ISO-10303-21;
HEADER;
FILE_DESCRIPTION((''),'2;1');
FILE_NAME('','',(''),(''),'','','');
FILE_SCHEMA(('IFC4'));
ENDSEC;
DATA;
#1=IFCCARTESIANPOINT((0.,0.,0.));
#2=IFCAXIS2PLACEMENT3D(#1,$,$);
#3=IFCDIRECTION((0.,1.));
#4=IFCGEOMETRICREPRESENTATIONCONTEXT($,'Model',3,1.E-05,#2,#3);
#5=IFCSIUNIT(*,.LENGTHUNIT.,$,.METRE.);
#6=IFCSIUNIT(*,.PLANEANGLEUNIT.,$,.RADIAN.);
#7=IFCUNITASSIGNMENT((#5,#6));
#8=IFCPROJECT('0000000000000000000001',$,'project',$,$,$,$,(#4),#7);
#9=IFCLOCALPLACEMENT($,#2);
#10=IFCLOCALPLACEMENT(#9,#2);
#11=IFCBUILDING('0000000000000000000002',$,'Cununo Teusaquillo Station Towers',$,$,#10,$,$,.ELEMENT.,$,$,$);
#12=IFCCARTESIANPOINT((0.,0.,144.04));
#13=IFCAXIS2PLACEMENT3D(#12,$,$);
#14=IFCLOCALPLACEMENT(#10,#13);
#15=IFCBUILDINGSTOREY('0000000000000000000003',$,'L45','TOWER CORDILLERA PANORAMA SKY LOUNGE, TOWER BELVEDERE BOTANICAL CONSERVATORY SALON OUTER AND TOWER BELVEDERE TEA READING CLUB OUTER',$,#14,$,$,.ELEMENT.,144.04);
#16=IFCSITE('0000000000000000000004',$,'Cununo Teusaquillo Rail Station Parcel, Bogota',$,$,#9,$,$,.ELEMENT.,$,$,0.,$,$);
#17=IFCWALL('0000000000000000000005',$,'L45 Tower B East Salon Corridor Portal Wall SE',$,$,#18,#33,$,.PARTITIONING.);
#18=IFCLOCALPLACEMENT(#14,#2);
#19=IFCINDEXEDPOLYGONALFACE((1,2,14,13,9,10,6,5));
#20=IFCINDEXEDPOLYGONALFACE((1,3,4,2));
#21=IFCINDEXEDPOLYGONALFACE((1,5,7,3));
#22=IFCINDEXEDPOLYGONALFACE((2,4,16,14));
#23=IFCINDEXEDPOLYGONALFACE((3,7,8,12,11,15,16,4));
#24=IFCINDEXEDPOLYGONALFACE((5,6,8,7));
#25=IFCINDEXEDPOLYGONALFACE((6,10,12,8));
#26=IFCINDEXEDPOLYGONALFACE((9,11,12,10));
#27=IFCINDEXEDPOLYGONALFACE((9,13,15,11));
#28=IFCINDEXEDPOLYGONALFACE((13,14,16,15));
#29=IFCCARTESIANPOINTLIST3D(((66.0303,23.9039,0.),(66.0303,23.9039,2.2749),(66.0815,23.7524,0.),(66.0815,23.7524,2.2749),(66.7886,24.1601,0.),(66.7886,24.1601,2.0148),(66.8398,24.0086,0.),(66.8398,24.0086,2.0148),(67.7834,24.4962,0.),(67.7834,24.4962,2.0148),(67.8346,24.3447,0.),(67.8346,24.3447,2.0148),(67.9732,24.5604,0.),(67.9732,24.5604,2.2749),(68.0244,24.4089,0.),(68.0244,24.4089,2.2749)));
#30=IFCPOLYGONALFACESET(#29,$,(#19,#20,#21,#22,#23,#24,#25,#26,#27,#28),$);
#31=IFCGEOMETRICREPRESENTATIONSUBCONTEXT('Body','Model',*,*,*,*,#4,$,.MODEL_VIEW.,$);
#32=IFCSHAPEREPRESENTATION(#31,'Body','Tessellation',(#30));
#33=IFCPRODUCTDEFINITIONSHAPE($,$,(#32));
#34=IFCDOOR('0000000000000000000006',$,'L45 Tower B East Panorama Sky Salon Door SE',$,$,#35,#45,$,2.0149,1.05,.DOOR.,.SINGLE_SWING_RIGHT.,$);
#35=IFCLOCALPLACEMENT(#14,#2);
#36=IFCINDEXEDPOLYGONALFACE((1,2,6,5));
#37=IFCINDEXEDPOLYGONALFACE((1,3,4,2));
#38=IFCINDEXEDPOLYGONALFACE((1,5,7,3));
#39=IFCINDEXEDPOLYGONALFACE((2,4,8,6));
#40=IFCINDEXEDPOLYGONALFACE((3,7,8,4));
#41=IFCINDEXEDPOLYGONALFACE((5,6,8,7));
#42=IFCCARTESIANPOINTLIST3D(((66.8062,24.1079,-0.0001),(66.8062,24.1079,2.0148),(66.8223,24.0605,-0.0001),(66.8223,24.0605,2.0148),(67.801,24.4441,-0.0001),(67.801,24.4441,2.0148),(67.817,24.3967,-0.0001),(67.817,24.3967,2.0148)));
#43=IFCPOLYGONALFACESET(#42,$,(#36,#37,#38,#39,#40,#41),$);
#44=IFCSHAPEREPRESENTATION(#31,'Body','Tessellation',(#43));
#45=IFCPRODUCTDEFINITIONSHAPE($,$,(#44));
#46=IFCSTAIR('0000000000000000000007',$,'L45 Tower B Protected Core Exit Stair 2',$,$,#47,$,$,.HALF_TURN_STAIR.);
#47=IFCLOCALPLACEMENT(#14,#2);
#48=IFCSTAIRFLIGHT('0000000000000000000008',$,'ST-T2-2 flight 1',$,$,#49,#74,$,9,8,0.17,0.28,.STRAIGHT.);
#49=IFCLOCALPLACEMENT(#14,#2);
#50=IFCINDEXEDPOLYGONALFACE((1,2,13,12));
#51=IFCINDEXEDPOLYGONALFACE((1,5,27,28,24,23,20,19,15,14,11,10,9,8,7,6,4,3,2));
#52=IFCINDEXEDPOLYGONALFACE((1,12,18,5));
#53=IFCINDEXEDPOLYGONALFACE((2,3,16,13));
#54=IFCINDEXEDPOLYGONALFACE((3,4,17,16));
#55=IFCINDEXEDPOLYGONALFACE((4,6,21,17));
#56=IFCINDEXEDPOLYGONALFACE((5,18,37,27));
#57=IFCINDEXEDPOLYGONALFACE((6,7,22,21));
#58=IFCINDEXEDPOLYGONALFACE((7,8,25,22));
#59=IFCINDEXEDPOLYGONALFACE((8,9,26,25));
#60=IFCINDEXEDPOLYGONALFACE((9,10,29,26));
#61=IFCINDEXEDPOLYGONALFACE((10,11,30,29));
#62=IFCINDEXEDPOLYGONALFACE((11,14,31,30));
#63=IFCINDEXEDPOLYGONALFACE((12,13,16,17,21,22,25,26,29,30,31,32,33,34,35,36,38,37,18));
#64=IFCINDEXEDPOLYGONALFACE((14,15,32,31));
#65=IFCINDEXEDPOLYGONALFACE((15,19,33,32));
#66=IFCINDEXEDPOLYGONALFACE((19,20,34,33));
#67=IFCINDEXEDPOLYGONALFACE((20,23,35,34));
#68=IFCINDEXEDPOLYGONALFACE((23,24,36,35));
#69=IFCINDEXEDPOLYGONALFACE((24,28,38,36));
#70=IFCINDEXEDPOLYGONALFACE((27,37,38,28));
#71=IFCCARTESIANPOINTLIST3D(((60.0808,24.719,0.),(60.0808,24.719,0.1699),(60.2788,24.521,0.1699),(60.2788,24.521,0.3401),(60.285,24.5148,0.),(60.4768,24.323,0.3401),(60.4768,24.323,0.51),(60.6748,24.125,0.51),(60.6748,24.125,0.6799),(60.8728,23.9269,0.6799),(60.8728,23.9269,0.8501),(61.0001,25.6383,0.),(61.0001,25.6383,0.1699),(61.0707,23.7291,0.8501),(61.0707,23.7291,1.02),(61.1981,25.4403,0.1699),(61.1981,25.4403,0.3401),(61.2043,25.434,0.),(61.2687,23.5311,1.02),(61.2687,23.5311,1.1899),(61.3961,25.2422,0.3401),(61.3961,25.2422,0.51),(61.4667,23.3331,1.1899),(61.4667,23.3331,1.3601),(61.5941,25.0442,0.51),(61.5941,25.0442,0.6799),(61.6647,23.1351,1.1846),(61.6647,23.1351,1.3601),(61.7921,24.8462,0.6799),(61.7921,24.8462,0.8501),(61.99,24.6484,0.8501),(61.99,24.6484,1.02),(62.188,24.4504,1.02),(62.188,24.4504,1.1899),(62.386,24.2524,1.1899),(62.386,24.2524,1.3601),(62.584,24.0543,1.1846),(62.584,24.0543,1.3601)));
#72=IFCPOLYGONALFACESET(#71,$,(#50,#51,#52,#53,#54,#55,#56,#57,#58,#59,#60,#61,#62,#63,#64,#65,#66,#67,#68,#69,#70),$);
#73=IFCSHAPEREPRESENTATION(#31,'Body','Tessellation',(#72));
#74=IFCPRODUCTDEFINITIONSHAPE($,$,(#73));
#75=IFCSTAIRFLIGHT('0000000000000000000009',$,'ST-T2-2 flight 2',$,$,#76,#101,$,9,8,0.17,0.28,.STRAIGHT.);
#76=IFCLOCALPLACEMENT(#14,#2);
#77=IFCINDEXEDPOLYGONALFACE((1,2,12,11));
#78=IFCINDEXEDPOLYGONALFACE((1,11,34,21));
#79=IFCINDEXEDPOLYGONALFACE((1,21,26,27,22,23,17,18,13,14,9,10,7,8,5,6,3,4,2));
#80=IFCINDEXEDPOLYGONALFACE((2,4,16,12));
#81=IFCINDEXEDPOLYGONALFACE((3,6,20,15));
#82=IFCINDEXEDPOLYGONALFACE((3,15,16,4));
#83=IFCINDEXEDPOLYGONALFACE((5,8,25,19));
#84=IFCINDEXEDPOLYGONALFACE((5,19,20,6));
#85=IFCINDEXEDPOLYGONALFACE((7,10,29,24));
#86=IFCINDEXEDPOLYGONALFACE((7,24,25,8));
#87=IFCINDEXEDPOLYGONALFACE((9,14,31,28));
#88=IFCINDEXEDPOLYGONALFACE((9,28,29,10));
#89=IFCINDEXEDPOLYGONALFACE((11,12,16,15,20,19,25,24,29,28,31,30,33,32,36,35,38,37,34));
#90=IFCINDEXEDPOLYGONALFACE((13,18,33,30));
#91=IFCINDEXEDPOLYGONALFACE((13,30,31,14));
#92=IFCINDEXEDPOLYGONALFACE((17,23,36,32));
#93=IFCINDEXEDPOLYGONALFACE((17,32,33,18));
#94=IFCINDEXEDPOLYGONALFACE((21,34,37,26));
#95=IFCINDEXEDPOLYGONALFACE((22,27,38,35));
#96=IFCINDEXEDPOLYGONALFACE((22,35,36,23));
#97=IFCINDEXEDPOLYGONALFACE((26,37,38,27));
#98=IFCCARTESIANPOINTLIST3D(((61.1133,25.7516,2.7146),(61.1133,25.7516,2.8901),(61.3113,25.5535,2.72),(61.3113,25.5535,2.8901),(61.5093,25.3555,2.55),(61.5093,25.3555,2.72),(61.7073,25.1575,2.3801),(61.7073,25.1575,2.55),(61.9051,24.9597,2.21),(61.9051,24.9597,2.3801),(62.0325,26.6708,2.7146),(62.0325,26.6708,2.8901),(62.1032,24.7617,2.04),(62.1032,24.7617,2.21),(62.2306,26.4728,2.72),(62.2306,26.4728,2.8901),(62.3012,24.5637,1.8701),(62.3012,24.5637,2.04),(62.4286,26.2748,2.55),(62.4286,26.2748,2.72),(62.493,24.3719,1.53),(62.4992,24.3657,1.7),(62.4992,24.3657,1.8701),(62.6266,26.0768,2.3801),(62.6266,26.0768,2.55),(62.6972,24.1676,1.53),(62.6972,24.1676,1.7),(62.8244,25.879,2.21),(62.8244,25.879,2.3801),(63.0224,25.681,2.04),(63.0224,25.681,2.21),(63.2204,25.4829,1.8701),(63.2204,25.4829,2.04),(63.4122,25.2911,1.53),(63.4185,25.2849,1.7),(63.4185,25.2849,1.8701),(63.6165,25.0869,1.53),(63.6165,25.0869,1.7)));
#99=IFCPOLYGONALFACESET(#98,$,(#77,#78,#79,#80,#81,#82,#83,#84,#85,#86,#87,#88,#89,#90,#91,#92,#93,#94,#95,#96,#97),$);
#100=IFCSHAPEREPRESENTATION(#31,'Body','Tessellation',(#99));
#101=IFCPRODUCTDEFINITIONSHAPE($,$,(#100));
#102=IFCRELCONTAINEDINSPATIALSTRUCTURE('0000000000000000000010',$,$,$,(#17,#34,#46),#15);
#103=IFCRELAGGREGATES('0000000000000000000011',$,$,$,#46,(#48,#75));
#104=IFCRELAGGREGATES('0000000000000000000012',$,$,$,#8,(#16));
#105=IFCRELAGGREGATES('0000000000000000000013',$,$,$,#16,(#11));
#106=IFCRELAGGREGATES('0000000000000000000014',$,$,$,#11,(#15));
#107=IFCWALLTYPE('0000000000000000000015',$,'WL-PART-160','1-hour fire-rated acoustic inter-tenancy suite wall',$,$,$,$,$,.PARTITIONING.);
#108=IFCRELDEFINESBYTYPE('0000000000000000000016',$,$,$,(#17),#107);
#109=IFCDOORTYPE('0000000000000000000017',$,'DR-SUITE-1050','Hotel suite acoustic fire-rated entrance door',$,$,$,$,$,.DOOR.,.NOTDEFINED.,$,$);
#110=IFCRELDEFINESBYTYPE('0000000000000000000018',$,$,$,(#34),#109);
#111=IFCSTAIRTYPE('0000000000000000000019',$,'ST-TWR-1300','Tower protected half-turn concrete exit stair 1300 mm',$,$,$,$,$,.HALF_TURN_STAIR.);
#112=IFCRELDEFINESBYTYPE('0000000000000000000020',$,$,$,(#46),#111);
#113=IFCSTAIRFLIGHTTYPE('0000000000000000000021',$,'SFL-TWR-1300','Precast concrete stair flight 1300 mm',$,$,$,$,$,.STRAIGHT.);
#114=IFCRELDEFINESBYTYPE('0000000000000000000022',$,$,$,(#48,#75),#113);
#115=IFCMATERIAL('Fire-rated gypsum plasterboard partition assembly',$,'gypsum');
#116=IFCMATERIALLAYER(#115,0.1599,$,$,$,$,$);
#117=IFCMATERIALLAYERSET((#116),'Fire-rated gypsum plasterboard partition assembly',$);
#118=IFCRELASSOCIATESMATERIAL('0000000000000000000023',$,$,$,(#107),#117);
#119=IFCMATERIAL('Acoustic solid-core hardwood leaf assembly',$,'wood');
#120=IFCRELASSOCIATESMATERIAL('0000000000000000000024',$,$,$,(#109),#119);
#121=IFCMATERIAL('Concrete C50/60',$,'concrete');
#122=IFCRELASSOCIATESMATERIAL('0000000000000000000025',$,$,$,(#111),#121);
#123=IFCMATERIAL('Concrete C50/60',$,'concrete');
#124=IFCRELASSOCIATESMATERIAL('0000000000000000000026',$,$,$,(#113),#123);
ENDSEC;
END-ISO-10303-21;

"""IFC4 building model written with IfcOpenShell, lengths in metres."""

from ifc_helpers import new_model, si_unit, direction, frame, frame_2d, origin, place, context, subcontext, project, spatial, polyline, rectangle, outline, extrude, source, transform, mapped, material, layer, layer_set, type_object, element, fill, aggregate, save


model = new_model("IFC4")

# Units and contexts
model_context = context("Model", 3, precision=1e-05, world=origin(), true_north=direction((0.0, 1.0)))
body_context = subcontext(model_context, "Body", "Model", "MODEL_VIEW")
ifc_project = project(units=[si_unit("LENGTHUNIT", "METRE"), si_unit("PLANEANGLEUNIT", "RADIAN")], contexts=[model_context])

# Site, building, storey
site_placement = place(None, origin())
site = spatial("IfcSite", under=ifc_project, at=site_placement, Name="Cununo Teusaquillo Rail Station Parcel, Bogota", CompositionType="ELEMENT", RefElevation=0.0)
building_placement = place(site_placement, origin())
building = spatial("IfcBuilding", under=site, at=building_placement, Name="Cununo Teusaquillo Station Towers", CompositionType="ELEMENT")
storey_placement = place(building_placement, frame((0.0, 0.0, 144.04)))
storey = spatial("IfcBuildingStorey", under=building, at=storey_placement, Name="L45", Description="TOWER CORDILLERA PANORAMA SKY LOUNGE, TOWER BELVEDERE BOTANICAL CONSERVATORY SALON OUTER AND TOWER BELVEDERE TEA READING CLUB OUTER", CompositionType="ELEMENT", Elevation=144.04)

# Shared definitions
ifc_material_1 = material(Name="Fire-rated gypsum plasterboard partition assembly", Category="gypsum")
ifc_layer_1 = layer(ifc_material_1, 0.1599)
ifc_layer_set_1 = layer_set([ifc_layer_1], Name="Fire-rated gypsum plasterboard partition assembly")
wall_type_1 = type_object("IfcWallType", Name="WL-PART-160", Description="1-hour fire-rated acoustic inter-tenancy suite wall", PredefinedType="PARTITIONING", material=ifc_layer_set_1)

# Wall, opening, door
wall_1_placement = place(storey_placement, frame((66.0559, 23.8281, 0.0), z_axis=(0.0, 0.0, 1.0), x_axis=(0.947378, 0.320118, 0.0)))
wall_1 = element("IfcWall", 1, at=wall_1_placement, inside=storey, type_object=wall_type_1, Name="L45 Tower B East Salon Corridor Portal Wall SE", PredefinedType="PARTITIONING", context=body_context, shape_type="SweptSolid", body=[
    extrude(rectangle(XDim=2.0508, YDim=0.1599, at=frame_2d((1.0254, 0.0))), origin(), (0.0, 0.0, 1.0), 2.2749),
])
shared_shape_1 = source(origin(), body_context, "Body", "SweptSolid", [
    extrude(rectangle(XDim=1.05, YDim=2.0149, at=frame_2d((0.5249, 1.0073))), frame((0.0, 0.0898, 0.0), z_axis=(0.0, -1.0, 0.0), x_axis=(1.0, 0.0, 0.0)), (0.0, 0.0, 1.0), 0.1799),
])
opening_1_placement = place(wall_1_placement, frame((0.8005, 0.0, 0.0)))
opening_1 = element("IfcOpeningElement", 2, at=opening_1_placement, cuts=wall_1, PredefinedType="OPENING", context=body_context, shape_type="MappedRepresentation", body=[
    mapped(shared_shape_1, transform((0.0, 0.0, 0.0), x_axis=(1.0, 0.0, 0.0), y_axis=(0.0, 1.0, 0.0), z_axis=(0.0, 0.0, 1.0), scale=1.0)),
])
ifc_material_2 = material(Name="Acoustic solid-core hardwood leaf assembly", Category="wood")
door_type = type_object("IfcDoorType", Name="DR-SUITE-1050", Description="Hotel suite acoustic fire-rated entrance door", OperationType="NOTDEFINED", PredefinedType="DOOR", material=ifc_material_2)
shared_shape_2 = source(origin(), body_context, "Body", "SweptSolid", [
    extrude(rectangle(XDim=1.05, YDim=2.0149, at=frame_2d((0.5249, 1.0073))), frame((0.0, 0.0249, 0.0), z_axis=(0.0, -1.0, 0.0), x_axis=(1.0, 0.0, 0.0)), (0.0, 0.0, 1.0), 0.05),
])
door_placement = place(opening_1_placement, origin())
door = element("IfcDoor", 3, at=door_placement, inside=storey, type_object=door_type, Name="L45 Tower B East Panorama Sky Salon Door SE", OperationType="SINGLE_SWING_RIGHT", OverallHeight=2.0149, OverallWidth=1.05, PredefinedType="DOOR", context=body_context, shape_type="MappedRepresentation", body=[
    mapped(shared_shape_2, transform((0.0, 0.0, 0.0), x_axis=(1.0, 0.0, 0.0), y_axis=(0.0, 1.0, 0.0), z_axis=(0.0, 0.0, 1.0), scale=1.0)),
])
fill(opening_1, door)

# Stair, stair flights
ifc_material_3 = material(Name="Concrete C50/60", Category="concrete")
stair_type = type_object("IfcStairType", Name="ST-TWR-1300", Description="Tower protected half-turn concrete exit stair 1300 mm", PredefinedType="HALF_TURN_STAIR", material=ifc_material_3)
stair_placement = place(storey_placement, origin())
stair = element("IfcStair", 4, at=stair_placement, inside=storey, type_object=stair_type, Name="L45 Tower B Protected Core Exit Stair 2", PredefinedType="HALF_TURN_STAIR")
ifc_material_4 = material(Name="Concrete C50/60", Category="concrete")
stair_flight_type = type_object("IfcStairFlightType", Name="SFL-TWR-1300", Description="Precast concrete stair flight 1300 mm", PredefinedType="STRAIGHT", material=ifc_material_4)
stair_flight_1_placement = place(storey_placement, frame((60.5405, 25.1787, 0.0), z_axis=(0.0, 0.0, 1.0), x_axis=(0.707107, -0.707107, 0.0)))
stair_flight_1 = element("IfcStairFlight", 5, at=stair_flight_1_placement, type_object=stair_flight_type, Name="ST-T2-2 flight 1", NumberOfRisers=9, NumberOfTreads=8, PredefinedType="STRAIGHT", RiserHeight=0.17, TreadLength=0.28, context=body_context, shape_type="SweptSolid", body=[
    extrude(outline(polyline([(0.0, 0.0), (0.0, 0.1699), (0.28, 0.1699), (0.28, 0.3401), (0.5601, 0.3401), (0.5601, 0.51), (0.8401, 0.51), (0.8401, 0.6799), (1.1201, 0.6799), (1.1201, 0.8501), (1.3999, 0.8501), (1.3999, 1.02), (1.6799, 1.02), (1.6799, 1.1899), (1.96, 1.1899), (1.96, 1.3601), (2.24, 1.3601), (2.24, 1.53), (2.24, 1.1846), (0.2888, 0.0), (0.0, 0.0)])), frame((0.0, 0.6499, 0.0), z_axis=(0.0, -1.0, 0.0), x_axis=(1.0, 0.0, 0.0)), (0.0, 0.0, 1.0), 1.3),
])
stair_flight_2_placement = place(storey_placement, frame((63.1567, 24.6272, 1.53), z_axis=(0.0, 0.0, 1.0), x_axis=(-0.707107, 0.707107, 0.0)))
stair_flight_2 = element("IfcStairFlight", 6, at=stair_flight_2_placement, type_object=stair_flight_type, Name="ST-T2-2 flight 2", NumberOfRisers=9, NumberOfTreads=8, PredefinedType="STRAIGHT", RiserHeight=0.17, TreadLength=0.28, context=body_context, shape_type="SweptSolid", body=[
    extrude(outline(polyline([(0.0, 0.0), (0.0, 0.1699), (0.28, 0.1699), (0.28, 0.3401), (0.5601, 0.3401), (0.5601, 0.51), (0.8401, 0.51), (0.8401, 0.6799), (1.1201, 0.6799), (1.1201, 0.8501), (1.3999, 0.8501), (1.3999, 1.02), (1.6799, 1.02), (1.6799, 1.1899), (1.96, 1.1899), (1.96, 1.3601), (2.24, 1.3601), (2.24, 1.53), (2.24, 1.1846), (0.2888, 0.0), (0.0, 0.0)])), frame((0.0, 0.6499, 0.0), z_axis=(0.0, -1.0, 0.0), x_axis=(1.0, 0.0, 0.0)), (0.0, 0.0, 1.0), 1.3),
])
aggregate(stair, [stair_flight_1, stair_flight_2])

save(model, "model.ifc")
